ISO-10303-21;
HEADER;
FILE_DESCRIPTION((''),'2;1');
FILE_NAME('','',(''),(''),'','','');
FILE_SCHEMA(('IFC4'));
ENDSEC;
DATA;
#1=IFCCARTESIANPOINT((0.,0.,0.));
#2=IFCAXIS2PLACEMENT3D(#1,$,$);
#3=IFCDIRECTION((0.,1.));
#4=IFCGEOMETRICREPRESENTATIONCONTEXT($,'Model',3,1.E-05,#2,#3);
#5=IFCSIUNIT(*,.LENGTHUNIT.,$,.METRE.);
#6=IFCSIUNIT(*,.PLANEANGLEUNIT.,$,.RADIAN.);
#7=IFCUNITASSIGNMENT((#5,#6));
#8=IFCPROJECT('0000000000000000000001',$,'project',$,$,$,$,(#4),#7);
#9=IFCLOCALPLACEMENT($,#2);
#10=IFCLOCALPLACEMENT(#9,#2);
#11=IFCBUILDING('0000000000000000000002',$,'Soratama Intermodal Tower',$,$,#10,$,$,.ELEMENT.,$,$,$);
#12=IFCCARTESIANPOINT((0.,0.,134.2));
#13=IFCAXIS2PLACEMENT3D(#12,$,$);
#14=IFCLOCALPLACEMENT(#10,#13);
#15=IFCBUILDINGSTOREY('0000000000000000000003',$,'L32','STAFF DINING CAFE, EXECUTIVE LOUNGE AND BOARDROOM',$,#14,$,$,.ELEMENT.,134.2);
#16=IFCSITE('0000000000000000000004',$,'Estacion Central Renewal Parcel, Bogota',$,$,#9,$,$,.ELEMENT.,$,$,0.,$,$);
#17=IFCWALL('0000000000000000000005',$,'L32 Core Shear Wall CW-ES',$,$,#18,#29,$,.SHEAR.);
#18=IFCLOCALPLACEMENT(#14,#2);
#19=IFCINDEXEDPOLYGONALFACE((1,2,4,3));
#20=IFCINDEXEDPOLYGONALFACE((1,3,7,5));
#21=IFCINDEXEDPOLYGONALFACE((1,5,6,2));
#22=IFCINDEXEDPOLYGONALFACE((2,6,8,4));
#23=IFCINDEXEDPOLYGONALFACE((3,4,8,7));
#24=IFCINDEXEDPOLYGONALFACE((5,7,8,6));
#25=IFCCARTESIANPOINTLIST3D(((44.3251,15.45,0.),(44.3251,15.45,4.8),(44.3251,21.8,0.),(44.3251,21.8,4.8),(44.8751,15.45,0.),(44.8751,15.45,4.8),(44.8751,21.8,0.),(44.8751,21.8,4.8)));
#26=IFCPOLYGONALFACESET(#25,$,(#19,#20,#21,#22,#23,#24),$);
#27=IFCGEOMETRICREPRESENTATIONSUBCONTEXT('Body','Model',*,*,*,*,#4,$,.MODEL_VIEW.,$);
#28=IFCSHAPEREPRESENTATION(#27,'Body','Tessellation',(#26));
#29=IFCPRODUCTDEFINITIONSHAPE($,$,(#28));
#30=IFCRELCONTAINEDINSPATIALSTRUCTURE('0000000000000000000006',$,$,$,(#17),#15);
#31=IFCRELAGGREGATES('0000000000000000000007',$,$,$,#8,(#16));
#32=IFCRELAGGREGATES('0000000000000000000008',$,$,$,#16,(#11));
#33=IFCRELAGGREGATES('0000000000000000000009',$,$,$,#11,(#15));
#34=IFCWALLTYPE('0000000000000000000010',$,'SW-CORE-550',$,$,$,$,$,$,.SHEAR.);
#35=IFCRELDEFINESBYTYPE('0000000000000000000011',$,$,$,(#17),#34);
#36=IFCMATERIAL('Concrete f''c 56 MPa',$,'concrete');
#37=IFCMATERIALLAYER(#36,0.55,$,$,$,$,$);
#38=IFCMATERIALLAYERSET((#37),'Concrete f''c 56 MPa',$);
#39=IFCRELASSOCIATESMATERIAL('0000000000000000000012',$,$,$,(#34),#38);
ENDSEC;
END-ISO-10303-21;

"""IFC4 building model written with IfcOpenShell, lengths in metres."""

from ifc_helpers import new_model, si_unit, direction, frame, frame_2d, origin, place, context, subcontext, project, spatial, rectangle, extrude, material, layer, layer_set, type_object, element, save


model = new_model("IFC4")

# Units and contexts
model_context = context("Model", 3, precision=1e-05, world=origin(), true_north=direction((0.0, 1.0)))
body_context = subcontext(model_context, "Body", "Model", "MODEL_VIEW")
ifc_project = project(units=[si_unit("LENGTHUNIT", "METRE"), si_unit("PLANEANGLEUNIT", "RADIAN")], contexts=[model_context])

# Site, building, storey
site_placement = place(None, origin())
site = spatial("IfcSite", under=ifc_project, at=site_placement, Name="Estacion Central Renewal Parcel, Bogota", CompositionType="ELEMENT", RefElevation=0.0)
building_placement = place(site_placement, origin())
building = spatial("IfcBuilding", under=site, at=building_placement, Name="Soratama Intermodal Tower", CompositionType="ELEMENT")
storey_placement = place(building_placement, frame((0.0, 0.0, 134.2)))
storey = spatial("IfcBuildingStorey", under=building, at=storey_placement, Name="L32", Description="STAFF DINING CAFE, EXECUTIVE LOUNGE AND BOARDROOM", CompositionType="ELEMENT", Elevation=134.2)

# Wall
ifc_material_1 = material(Name="Concrete f'c 56 MPa", Category="concrete")
ifc_layer_1 = layer(ifc_material_1, 0.55)
ifc_layer_set_1 = layer_set([ifc_layer_1], Name="Concrete f'c 56 MPa")
wall_type_1 = type_object("IfcWallType", Name="SW-CORE-550", PredefinedType="SHEAR", material=ifc_layer_set_1)
wall_1_placement = place(storey_placement, frame((44.6001, 15.45, 0.0), z_axis=(0.0, 0.0, 1.0), x_axis=(0.0, 1.0, 0.0)))
element("IfcWall", 1, at=wall_1_placement, inside=storey, type_object=wall_type_1, Name="L32 Core Shear Wall CW-ES", PredefinedType="SHEAR", context=body_context, shape_type="SweptSolid", body=[
    extrude(rectangle(XDim=6.3501, YDim=0.55, at=frame_2d((3.175, 0.0))), origin(), (0.0, 0.0, 1.0), 4.8),
])

save(model, "model.ifc")
